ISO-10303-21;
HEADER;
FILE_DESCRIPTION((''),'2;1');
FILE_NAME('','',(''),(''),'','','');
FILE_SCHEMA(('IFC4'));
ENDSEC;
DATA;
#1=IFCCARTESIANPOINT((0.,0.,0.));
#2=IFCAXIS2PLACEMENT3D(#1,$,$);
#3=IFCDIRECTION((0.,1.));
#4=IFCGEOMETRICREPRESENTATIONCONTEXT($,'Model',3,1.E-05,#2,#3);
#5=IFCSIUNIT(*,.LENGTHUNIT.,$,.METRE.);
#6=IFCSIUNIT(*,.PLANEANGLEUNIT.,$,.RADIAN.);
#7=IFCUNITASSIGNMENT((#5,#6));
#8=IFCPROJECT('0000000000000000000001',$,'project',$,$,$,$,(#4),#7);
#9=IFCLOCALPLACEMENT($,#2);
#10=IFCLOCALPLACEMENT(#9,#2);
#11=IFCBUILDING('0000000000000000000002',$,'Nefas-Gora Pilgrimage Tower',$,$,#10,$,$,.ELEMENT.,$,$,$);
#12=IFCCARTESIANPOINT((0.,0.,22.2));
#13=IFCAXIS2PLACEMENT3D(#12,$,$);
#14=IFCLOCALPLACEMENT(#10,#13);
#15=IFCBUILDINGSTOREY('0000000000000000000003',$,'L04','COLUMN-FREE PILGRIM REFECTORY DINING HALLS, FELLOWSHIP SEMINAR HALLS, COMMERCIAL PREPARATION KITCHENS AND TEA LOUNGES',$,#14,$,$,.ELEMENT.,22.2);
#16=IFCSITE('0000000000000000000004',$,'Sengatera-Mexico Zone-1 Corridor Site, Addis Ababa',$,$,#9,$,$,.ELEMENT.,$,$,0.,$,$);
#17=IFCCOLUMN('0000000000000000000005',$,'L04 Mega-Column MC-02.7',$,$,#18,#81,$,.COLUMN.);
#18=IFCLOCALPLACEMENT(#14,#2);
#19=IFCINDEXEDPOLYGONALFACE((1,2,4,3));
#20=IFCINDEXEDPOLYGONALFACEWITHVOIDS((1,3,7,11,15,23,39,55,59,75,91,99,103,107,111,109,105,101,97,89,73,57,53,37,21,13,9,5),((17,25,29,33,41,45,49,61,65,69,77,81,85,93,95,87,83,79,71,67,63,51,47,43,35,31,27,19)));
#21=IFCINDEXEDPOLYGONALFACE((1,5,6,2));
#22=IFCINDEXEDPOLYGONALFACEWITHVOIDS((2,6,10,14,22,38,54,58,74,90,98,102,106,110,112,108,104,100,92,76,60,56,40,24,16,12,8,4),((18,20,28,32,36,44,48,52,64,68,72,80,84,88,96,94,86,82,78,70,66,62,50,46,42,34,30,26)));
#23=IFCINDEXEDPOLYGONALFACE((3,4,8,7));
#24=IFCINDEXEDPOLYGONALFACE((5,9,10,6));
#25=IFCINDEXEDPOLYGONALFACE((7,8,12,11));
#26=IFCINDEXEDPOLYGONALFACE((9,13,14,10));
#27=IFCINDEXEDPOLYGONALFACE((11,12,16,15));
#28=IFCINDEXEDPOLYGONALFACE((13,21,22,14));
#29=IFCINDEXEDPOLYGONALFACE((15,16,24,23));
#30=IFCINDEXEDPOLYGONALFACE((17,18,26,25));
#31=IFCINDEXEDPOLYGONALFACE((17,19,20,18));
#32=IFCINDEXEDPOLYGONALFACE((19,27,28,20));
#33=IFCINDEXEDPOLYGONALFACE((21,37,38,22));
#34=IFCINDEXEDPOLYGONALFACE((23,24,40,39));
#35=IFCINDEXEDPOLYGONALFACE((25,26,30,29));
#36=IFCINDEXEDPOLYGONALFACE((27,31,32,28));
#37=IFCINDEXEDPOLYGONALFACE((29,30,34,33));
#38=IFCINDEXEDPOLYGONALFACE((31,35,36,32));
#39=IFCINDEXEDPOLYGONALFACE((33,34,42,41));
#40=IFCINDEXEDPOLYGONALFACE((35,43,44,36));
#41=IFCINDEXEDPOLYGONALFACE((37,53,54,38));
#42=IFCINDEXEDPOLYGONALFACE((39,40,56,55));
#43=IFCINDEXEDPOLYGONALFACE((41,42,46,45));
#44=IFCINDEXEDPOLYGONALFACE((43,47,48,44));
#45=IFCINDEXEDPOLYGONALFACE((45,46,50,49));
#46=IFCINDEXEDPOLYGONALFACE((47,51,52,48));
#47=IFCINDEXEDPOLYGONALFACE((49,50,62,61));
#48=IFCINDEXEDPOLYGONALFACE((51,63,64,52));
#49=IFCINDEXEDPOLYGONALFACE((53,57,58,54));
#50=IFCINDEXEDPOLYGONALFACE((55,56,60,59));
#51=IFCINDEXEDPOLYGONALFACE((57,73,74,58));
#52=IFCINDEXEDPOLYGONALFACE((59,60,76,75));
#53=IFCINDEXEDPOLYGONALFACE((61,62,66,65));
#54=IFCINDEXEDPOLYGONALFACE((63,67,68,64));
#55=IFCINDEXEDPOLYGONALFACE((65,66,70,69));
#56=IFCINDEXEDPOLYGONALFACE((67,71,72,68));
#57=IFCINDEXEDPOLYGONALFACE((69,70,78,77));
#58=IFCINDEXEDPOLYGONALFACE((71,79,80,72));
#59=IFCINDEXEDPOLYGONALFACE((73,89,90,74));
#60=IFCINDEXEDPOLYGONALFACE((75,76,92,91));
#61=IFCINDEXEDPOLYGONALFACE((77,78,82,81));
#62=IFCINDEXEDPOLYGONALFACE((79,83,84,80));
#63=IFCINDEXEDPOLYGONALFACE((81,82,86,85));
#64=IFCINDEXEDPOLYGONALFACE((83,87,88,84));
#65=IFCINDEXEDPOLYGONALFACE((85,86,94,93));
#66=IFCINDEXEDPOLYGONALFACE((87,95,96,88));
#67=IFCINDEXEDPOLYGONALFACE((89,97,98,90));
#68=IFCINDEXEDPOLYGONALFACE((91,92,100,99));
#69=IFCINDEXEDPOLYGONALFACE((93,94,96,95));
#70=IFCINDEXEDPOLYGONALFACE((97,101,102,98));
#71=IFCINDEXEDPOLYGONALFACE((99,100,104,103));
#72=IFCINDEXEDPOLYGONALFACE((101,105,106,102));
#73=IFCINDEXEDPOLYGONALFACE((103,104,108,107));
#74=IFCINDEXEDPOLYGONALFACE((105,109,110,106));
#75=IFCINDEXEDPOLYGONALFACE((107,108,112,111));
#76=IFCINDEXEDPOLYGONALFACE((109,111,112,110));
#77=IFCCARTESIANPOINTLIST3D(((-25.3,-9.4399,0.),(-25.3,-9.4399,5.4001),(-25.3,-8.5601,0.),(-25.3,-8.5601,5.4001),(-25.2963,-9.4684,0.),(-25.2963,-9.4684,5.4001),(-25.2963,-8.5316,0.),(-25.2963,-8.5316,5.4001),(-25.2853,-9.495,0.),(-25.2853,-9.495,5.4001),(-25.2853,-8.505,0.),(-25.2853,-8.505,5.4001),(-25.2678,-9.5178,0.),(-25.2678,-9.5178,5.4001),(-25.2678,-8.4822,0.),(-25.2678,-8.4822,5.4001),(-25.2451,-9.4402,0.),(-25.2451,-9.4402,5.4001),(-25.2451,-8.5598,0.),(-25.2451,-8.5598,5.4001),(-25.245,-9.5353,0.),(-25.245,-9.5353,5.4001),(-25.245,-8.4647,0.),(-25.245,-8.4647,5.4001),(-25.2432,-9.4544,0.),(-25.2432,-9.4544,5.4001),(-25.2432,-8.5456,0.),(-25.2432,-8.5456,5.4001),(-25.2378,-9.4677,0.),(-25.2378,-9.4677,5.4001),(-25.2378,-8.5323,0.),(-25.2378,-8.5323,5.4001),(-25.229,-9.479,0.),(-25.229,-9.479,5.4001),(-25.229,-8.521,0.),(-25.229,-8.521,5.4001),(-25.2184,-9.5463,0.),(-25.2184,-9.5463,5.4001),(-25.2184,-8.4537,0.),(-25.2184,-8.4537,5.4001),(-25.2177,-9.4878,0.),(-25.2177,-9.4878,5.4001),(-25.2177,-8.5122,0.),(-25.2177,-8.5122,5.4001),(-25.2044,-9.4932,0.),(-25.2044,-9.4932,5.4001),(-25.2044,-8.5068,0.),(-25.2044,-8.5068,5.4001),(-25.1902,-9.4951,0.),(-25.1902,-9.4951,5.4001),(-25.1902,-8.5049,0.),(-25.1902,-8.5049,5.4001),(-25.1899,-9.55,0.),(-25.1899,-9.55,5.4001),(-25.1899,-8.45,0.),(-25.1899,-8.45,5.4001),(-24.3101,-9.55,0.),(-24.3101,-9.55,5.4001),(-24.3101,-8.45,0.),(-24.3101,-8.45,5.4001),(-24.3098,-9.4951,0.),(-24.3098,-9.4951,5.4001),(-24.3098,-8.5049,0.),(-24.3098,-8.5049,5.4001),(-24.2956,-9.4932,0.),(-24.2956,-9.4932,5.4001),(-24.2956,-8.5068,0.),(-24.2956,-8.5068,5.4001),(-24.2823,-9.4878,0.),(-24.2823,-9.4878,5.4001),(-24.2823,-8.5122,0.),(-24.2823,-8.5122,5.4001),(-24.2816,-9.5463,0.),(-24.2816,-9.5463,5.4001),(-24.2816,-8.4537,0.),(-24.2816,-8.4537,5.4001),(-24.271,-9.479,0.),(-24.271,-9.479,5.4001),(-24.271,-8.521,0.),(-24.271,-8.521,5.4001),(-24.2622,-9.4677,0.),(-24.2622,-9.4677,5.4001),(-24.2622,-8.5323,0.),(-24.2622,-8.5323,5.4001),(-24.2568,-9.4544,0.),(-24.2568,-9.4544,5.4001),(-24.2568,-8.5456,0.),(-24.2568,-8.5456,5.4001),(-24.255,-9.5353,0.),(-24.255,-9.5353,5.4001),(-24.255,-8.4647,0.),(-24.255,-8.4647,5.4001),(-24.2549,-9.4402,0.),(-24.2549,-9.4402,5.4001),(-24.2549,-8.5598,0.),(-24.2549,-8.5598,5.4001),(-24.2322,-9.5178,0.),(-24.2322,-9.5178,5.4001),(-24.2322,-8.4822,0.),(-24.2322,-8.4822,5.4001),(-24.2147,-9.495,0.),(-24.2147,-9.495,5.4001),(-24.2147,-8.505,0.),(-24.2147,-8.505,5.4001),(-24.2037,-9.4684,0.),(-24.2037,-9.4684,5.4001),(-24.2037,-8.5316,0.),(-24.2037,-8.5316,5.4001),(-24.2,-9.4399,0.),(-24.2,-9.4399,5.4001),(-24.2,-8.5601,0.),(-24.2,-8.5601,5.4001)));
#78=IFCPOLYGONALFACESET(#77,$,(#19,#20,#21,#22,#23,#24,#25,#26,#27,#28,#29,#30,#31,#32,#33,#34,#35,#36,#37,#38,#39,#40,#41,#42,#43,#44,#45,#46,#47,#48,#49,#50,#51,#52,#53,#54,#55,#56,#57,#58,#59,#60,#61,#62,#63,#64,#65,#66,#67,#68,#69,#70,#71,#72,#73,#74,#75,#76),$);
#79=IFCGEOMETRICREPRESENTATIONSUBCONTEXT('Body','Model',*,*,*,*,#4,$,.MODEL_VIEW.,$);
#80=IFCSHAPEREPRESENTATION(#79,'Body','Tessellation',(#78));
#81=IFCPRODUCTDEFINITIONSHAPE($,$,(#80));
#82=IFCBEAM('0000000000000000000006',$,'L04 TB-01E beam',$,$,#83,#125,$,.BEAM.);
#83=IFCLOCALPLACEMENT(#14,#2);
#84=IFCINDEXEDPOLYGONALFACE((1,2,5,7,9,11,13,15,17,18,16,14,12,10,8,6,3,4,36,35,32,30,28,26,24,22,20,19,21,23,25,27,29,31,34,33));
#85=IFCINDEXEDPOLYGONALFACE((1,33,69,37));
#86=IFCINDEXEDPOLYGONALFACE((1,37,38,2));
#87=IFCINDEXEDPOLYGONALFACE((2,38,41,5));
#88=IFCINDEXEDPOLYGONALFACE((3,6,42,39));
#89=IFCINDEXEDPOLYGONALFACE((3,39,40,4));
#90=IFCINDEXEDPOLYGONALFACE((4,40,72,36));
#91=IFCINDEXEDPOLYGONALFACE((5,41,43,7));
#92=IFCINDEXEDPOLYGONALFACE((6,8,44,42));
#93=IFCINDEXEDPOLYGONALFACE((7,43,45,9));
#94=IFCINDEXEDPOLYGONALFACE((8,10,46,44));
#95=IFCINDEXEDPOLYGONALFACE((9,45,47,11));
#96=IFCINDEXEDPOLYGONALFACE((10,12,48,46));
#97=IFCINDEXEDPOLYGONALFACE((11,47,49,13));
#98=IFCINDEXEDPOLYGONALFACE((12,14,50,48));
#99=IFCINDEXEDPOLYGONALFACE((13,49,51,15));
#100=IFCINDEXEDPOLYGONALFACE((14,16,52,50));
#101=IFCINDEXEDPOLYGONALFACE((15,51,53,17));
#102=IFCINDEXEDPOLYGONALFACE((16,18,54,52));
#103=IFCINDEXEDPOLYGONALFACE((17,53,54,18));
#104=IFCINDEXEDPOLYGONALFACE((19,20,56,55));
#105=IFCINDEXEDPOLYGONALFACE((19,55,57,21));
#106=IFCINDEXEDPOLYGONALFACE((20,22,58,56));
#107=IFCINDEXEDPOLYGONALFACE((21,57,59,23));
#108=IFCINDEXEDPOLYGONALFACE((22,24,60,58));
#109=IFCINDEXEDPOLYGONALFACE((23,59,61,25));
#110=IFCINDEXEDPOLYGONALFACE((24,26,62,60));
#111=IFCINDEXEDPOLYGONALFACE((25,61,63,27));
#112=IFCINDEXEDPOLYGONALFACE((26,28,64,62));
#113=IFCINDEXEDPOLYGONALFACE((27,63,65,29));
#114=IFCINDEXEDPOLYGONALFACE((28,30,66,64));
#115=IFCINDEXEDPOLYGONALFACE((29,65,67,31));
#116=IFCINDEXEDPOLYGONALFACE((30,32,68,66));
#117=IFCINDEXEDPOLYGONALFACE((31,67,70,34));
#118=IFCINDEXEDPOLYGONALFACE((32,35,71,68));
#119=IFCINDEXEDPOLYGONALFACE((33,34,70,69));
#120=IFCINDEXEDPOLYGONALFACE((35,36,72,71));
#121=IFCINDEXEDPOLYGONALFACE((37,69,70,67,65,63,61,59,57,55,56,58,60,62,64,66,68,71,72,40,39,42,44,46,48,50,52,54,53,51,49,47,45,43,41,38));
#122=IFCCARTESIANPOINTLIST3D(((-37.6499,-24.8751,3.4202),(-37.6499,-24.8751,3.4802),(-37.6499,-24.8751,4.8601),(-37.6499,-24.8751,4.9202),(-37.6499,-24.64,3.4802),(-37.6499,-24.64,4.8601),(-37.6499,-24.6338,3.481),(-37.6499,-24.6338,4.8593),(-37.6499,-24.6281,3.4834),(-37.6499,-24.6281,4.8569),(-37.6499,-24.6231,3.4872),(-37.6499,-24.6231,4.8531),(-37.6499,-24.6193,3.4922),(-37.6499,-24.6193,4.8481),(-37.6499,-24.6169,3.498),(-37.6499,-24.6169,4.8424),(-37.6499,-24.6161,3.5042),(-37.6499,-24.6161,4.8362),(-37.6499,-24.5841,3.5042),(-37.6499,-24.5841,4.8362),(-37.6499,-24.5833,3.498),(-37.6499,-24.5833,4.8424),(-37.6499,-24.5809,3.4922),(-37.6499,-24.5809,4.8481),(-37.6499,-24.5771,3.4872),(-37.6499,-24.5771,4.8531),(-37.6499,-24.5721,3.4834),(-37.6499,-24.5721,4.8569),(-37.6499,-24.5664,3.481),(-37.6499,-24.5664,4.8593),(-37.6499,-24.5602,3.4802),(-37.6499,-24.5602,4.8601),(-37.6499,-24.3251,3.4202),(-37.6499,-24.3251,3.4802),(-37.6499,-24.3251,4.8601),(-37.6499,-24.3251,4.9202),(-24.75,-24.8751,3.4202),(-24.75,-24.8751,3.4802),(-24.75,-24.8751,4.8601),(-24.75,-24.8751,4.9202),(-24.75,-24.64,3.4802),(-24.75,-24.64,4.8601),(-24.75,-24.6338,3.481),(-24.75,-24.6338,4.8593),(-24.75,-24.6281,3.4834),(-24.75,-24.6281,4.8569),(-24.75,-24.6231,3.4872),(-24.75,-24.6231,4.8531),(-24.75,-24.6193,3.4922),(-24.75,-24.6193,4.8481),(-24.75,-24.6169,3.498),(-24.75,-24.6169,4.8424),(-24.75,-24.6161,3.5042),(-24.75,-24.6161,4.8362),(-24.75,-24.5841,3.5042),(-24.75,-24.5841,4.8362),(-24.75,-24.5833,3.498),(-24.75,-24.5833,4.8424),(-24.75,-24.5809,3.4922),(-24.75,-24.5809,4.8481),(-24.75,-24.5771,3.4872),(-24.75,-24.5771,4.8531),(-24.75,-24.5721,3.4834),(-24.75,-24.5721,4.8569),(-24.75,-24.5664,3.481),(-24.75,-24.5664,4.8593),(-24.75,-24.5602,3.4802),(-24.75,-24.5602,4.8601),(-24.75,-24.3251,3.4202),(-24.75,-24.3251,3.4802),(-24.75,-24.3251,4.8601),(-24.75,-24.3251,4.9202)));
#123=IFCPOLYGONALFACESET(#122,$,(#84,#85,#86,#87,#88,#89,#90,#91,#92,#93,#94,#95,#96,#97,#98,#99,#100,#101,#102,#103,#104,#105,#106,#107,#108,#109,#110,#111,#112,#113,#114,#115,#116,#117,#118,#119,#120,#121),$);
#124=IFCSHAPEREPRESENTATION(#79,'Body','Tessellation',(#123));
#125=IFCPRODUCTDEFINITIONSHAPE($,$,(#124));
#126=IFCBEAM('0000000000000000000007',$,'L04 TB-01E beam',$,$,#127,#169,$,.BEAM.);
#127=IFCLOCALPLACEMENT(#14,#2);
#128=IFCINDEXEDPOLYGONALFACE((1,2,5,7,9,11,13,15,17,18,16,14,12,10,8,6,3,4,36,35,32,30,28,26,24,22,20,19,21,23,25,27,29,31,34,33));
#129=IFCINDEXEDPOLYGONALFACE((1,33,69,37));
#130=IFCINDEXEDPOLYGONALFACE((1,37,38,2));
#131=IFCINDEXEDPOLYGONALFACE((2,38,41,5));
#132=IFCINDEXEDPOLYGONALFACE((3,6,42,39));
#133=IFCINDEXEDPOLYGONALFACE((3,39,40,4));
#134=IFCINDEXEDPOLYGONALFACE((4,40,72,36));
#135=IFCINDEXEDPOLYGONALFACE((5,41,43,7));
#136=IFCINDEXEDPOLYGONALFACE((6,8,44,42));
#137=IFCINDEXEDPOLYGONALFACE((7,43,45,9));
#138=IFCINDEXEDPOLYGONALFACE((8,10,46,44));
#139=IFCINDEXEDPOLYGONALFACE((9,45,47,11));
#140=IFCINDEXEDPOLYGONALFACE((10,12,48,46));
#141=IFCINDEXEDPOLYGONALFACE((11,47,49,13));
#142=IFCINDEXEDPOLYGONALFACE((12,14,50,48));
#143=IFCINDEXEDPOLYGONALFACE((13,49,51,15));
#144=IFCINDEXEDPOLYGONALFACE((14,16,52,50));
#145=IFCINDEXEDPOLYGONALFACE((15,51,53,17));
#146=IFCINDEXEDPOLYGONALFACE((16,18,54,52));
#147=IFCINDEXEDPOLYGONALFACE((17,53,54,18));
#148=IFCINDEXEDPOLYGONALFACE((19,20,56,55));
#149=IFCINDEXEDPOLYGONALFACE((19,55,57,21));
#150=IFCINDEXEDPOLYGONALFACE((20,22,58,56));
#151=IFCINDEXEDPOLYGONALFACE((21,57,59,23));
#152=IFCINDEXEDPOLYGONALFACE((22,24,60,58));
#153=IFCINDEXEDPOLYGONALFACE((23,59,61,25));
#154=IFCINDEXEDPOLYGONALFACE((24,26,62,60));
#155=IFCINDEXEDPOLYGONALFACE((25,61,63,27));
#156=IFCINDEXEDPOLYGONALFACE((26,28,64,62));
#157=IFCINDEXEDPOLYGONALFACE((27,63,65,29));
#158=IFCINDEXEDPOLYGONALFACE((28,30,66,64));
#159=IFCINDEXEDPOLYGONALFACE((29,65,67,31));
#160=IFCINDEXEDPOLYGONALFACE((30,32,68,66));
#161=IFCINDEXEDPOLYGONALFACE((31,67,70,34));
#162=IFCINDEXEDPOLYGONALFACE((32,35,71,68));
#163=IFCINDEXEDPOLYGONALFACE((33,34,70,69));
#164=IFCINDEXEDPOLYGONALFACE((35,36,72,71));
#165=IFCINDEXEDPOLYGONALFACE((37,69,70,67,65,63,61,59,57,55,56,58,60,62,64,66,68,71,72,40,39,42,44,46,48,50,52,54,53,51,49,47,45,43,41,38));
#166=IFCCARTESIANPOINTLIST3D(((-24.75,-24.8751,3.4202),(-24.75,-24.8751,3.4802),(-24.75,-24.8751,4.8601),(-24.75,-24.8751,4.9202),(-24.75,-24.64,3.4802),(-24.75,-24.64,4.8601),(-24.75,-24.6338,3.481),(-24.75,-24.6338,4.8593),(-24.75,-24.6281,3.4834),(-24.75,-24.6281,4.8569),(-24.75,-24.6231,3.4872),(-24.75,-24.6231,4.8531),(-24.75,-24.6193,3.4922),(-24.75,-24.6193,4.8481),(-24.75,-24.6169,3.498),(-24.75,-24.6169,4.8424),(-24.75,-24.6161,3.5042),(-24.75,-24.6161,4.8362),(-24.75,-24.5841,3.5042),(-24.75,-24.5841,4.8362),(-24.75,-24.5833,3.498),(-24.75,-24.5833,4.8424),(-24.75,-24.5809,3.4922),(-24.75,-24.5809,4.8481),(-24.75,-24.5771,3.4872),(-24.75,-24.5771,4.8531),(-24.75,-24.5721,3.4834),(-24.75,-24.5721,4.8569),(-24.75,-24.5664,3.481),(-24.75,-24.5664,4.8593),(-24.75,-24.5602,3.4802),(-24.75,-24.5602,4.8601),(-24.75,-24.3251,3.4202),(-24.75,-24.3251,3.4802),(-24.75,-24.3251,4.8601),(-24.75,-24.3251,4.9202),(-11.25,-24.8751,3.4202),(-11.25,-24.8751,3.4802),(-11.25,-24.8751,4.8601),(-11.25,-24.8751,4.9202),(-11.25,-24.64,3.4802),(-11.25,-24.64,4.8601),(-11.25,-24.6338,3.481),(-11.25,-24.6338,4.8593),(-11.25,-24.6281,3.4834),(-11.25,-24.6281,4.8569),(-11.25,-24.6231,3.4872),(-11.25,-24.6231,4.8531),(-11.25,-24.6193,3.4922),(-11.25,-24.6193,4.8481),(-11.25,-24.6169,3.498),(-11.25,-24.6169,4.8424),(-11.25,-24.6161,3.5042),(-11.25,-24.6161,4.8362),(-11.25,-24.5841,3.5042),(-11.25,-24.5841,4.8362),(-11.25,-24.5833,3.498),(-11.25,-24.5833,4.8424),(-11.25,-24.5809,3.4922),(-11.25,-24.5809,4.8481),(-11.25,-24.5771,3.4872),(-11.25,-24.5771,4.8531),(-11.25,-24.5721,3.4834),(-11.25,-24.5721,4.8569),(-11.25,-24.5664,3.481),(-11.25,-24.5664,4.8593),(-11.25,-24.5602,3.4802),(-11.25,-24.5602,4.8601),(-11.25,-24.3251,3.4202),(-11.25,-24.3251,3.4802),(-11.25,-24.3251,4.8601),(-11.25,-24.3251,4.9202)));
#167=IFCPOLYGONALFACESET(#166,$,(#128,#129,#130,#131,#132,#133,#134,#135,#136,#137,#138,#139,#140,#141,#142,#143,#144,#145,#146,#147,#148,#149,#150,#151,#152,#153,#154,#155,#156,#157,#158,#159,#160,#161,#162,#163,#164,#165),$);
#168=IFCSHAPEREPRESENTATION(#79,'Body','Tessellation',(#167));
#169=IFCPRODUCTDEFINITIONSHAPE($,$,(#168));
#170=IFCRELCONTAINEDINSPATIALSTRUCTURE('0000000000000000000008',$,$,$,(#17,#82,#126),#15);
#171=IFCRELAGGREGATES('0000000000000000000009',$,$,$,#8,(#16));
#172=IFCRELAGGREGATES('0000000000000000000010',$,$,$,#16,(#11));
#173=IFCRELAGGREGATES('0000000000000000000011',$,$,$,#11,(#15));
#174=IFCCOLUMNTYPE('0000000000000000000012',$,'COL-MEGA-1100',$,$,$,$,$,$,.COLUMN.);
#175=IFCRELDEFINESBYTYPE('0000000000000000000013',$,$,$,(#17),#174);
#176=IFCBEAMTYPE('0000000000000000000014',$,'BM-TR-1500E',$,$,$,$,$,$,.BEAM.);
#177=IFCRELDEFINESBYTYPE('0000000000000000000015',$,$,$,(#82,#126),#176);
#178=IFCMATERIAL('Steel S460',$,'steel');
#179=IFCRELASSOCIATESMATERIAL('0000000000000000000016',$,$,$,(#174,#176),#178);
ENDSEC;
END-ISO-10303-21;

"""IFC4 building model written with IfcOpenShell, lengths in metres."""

from ifc_helpers import new_model, si_unit, direction, frame, origin, origin_2d, place, context, subcontext, project, spatial, hollow_rectangle, i_section, extrude, source, transform, mapped, material, material_profile, profile_set, type_object, element, save


model = new_model("IFC4")

# Units and contexts
model_context = context("Model", 3, precision=1e-05, world=origin(), true_north=direction((0.0, 1.0)))
body_context = subcontext(model_context, "Body", "Model", "MODEL_VIEW")
ifc_project = project(units=[si_unit("LENGTHUNIT", "METRE"), si_unit("PLANEANGLEUNIT", "RADIAN")], contexts=[model_context])

# Site, building, storey
site_placement = place(None, origin())
site = spatial("IfcSite", under=ifc_project, at=site_placement, Name="Sengatera-Mexico Zone-1 Corridor Site, Addis Ababa", CompositionType="ELEMENT", RefElevation=0.0)
building_placement = place(site_placement, origin())
building = spatial("IfcBuilding", under=site, at=building_placement, Name="Nefas-Gora Pilgrimage Tower", CompositionType="ELEMENT")
storey_placement = place(building_placement, frame((0.0, 0.0, 22.2)))
storey = spatial("IfcBuildingStorey", under=building, at=storey_placement, Name="L04", Description="COLUMN-FREE PILGRIM REFECTORY DINING HALLS, FELLOWSHIP SEMINAR HALLS, COMMERCIAL PREPARATION KITCHENS AND TEA LOUNGES", CompositionType="ELEMENT", Elevation=22.2)

# Column
ifc_material_1 = material(Name="Steel S460", Category="steel")
ifc_material_profile_1 = material_profile(ifc_material_1, hollow_rectangle(XDim=1.1001, YDim=1.1001, WallThickness=0.0549, InnerFilletRadius=0.0549, OuterFilletRadius=0.1101, at=origin_2d()), Name="BOX 1100x1100x55")
ifc_profile_set_1 = profile_set([ifc_material_profile_1], Name="Steel S460")
column_type_1 = type_object("IfcColumnType", Name="COL-MEGA-1100", PredefinedType="COLUMN", material=ifc_profile_set_1)
shared_shape_1 = source(origin(), body_context, "Body", "SweptSolid", [
    extrude(hollow_rectangle(XDim=1.1001, YDim=1.1001, WallThickness=0.0549, InnerFilletRadius=0.0549, OuterFilletRadius=0.1101, at=origin_2d()), origin(), (0.0, 0.0, 1.0), 5.4001),
])
column_placement = place(storey_placement, frame((-24.75, -9.0, 0.0), z_axis=(0.0, 0.0, 1.0), x_axis=(1.0, 0.0, 0.0)))
element("IfcColumn", 1, at=column_placement, inside=storey, type_object=column_type_1, Name="L04 Mega-Column MC-02.7", PredefinedType="COLUMN", context=body_context, shape_type="MappedRepresentation", body=[
    mapped(shared_shape_1, transform((0.0, 0.0, 0.0), x_axis=(1.0, 0.0, 0.0), y_axis=(0.0, 1.0, 0.0), z_axis=(0.0, 0.0, 1.0), scale=1.0)),
])

# Beams
ifc_material_profile_2 = material_profile(ifc_material_1, i_section(OverallWidth=0.55, OverallDepth=1.5, WebThickness=0.032, FlangeThickness=0.0601, FilletRadius=0.0239, at=origin_2d()), Name="WPG 1500x550x32x60")
ifc_profile_set_2 = profile_set([ifc_material_profile_2], Name="Steel S460")
beam_type_1 = type_object("IfcBeamType", Name="BM-TR-1500E", PredefinedType="BEAM", material=ifc_profile_set_2)
shared_shape_2 = source(origin(), body_context, "Body", "SweptSolid", [
    extrude(i_section(OverallWidth=0.55, OverallDepth=1.5, WebThickness=0.032, FlangeThickness=0.0601, FilletRadius=0.0239, at=origin_2d()), origin(), (0.0, 0.0, 1.0), 12.8999),
])
beam_1_placement = place(storey_placement, frame((-37.6499, -24.6001, 4.1702), z_axis=(1.0, 0.0, 0.0), x_axis=(0.0, 1.0, 0.0)))
element("IfcBeam", 2, at=beam_1_placement, inside=storey, type_object=beam_type_1, Name="L04 TB-01E beam", PredefinedType="BEAM", context=body_context, shape_type="MappedRepresentation", body=[
    mapped(shared_shape_2, transform((0.0, 0.0, 0.0), x_axis=(1.0, 0.0, 0.0), y_axis=(0.0, 1.0, 0.0), z_axis=(0.0, 0.0, 1.0), scale=1.0)),
])
shared_shape_3 = source(origin(), body_context, "Body", "SweptSolid", [
    extrude(i_section(OverallWidth=0.55, OverallDepth=1.5, WebThickness=0.032, FlangeThickness=0.0601, FilletRadius=0.0239, at=origin_2d()), origin(), (0.0, 0.0, 1.0), 13.5),
])
for number, where, z_axis, x_axis, name in (
    (3, (-24.75, -24.6001, 4.1702), (1.0, 0.0, 0.0), (0.0, 1.0, 0.0), "L04 TB-01E beam"),
):
    element("IfcBeam", number, at=place(storey_placement, frame(where, z_axis=z_axis, x_axis=x_axis)), inside=storey, type_object=beam_type_1, Name=name, PredefinedType="BEAM", context=body_context, shape_type="MappedRepresentation", body=[
        mapped(shared_shape_3, transform((0.0, 0.0, 0.0), x_axis=(1.0, 0.0, 0.0), y_axis=(0.0, 1.0, 0.0), z_axis=(0.0, 0.0, 1.0), scale=1.0)),
    ])

save(model, "model.ifc")
